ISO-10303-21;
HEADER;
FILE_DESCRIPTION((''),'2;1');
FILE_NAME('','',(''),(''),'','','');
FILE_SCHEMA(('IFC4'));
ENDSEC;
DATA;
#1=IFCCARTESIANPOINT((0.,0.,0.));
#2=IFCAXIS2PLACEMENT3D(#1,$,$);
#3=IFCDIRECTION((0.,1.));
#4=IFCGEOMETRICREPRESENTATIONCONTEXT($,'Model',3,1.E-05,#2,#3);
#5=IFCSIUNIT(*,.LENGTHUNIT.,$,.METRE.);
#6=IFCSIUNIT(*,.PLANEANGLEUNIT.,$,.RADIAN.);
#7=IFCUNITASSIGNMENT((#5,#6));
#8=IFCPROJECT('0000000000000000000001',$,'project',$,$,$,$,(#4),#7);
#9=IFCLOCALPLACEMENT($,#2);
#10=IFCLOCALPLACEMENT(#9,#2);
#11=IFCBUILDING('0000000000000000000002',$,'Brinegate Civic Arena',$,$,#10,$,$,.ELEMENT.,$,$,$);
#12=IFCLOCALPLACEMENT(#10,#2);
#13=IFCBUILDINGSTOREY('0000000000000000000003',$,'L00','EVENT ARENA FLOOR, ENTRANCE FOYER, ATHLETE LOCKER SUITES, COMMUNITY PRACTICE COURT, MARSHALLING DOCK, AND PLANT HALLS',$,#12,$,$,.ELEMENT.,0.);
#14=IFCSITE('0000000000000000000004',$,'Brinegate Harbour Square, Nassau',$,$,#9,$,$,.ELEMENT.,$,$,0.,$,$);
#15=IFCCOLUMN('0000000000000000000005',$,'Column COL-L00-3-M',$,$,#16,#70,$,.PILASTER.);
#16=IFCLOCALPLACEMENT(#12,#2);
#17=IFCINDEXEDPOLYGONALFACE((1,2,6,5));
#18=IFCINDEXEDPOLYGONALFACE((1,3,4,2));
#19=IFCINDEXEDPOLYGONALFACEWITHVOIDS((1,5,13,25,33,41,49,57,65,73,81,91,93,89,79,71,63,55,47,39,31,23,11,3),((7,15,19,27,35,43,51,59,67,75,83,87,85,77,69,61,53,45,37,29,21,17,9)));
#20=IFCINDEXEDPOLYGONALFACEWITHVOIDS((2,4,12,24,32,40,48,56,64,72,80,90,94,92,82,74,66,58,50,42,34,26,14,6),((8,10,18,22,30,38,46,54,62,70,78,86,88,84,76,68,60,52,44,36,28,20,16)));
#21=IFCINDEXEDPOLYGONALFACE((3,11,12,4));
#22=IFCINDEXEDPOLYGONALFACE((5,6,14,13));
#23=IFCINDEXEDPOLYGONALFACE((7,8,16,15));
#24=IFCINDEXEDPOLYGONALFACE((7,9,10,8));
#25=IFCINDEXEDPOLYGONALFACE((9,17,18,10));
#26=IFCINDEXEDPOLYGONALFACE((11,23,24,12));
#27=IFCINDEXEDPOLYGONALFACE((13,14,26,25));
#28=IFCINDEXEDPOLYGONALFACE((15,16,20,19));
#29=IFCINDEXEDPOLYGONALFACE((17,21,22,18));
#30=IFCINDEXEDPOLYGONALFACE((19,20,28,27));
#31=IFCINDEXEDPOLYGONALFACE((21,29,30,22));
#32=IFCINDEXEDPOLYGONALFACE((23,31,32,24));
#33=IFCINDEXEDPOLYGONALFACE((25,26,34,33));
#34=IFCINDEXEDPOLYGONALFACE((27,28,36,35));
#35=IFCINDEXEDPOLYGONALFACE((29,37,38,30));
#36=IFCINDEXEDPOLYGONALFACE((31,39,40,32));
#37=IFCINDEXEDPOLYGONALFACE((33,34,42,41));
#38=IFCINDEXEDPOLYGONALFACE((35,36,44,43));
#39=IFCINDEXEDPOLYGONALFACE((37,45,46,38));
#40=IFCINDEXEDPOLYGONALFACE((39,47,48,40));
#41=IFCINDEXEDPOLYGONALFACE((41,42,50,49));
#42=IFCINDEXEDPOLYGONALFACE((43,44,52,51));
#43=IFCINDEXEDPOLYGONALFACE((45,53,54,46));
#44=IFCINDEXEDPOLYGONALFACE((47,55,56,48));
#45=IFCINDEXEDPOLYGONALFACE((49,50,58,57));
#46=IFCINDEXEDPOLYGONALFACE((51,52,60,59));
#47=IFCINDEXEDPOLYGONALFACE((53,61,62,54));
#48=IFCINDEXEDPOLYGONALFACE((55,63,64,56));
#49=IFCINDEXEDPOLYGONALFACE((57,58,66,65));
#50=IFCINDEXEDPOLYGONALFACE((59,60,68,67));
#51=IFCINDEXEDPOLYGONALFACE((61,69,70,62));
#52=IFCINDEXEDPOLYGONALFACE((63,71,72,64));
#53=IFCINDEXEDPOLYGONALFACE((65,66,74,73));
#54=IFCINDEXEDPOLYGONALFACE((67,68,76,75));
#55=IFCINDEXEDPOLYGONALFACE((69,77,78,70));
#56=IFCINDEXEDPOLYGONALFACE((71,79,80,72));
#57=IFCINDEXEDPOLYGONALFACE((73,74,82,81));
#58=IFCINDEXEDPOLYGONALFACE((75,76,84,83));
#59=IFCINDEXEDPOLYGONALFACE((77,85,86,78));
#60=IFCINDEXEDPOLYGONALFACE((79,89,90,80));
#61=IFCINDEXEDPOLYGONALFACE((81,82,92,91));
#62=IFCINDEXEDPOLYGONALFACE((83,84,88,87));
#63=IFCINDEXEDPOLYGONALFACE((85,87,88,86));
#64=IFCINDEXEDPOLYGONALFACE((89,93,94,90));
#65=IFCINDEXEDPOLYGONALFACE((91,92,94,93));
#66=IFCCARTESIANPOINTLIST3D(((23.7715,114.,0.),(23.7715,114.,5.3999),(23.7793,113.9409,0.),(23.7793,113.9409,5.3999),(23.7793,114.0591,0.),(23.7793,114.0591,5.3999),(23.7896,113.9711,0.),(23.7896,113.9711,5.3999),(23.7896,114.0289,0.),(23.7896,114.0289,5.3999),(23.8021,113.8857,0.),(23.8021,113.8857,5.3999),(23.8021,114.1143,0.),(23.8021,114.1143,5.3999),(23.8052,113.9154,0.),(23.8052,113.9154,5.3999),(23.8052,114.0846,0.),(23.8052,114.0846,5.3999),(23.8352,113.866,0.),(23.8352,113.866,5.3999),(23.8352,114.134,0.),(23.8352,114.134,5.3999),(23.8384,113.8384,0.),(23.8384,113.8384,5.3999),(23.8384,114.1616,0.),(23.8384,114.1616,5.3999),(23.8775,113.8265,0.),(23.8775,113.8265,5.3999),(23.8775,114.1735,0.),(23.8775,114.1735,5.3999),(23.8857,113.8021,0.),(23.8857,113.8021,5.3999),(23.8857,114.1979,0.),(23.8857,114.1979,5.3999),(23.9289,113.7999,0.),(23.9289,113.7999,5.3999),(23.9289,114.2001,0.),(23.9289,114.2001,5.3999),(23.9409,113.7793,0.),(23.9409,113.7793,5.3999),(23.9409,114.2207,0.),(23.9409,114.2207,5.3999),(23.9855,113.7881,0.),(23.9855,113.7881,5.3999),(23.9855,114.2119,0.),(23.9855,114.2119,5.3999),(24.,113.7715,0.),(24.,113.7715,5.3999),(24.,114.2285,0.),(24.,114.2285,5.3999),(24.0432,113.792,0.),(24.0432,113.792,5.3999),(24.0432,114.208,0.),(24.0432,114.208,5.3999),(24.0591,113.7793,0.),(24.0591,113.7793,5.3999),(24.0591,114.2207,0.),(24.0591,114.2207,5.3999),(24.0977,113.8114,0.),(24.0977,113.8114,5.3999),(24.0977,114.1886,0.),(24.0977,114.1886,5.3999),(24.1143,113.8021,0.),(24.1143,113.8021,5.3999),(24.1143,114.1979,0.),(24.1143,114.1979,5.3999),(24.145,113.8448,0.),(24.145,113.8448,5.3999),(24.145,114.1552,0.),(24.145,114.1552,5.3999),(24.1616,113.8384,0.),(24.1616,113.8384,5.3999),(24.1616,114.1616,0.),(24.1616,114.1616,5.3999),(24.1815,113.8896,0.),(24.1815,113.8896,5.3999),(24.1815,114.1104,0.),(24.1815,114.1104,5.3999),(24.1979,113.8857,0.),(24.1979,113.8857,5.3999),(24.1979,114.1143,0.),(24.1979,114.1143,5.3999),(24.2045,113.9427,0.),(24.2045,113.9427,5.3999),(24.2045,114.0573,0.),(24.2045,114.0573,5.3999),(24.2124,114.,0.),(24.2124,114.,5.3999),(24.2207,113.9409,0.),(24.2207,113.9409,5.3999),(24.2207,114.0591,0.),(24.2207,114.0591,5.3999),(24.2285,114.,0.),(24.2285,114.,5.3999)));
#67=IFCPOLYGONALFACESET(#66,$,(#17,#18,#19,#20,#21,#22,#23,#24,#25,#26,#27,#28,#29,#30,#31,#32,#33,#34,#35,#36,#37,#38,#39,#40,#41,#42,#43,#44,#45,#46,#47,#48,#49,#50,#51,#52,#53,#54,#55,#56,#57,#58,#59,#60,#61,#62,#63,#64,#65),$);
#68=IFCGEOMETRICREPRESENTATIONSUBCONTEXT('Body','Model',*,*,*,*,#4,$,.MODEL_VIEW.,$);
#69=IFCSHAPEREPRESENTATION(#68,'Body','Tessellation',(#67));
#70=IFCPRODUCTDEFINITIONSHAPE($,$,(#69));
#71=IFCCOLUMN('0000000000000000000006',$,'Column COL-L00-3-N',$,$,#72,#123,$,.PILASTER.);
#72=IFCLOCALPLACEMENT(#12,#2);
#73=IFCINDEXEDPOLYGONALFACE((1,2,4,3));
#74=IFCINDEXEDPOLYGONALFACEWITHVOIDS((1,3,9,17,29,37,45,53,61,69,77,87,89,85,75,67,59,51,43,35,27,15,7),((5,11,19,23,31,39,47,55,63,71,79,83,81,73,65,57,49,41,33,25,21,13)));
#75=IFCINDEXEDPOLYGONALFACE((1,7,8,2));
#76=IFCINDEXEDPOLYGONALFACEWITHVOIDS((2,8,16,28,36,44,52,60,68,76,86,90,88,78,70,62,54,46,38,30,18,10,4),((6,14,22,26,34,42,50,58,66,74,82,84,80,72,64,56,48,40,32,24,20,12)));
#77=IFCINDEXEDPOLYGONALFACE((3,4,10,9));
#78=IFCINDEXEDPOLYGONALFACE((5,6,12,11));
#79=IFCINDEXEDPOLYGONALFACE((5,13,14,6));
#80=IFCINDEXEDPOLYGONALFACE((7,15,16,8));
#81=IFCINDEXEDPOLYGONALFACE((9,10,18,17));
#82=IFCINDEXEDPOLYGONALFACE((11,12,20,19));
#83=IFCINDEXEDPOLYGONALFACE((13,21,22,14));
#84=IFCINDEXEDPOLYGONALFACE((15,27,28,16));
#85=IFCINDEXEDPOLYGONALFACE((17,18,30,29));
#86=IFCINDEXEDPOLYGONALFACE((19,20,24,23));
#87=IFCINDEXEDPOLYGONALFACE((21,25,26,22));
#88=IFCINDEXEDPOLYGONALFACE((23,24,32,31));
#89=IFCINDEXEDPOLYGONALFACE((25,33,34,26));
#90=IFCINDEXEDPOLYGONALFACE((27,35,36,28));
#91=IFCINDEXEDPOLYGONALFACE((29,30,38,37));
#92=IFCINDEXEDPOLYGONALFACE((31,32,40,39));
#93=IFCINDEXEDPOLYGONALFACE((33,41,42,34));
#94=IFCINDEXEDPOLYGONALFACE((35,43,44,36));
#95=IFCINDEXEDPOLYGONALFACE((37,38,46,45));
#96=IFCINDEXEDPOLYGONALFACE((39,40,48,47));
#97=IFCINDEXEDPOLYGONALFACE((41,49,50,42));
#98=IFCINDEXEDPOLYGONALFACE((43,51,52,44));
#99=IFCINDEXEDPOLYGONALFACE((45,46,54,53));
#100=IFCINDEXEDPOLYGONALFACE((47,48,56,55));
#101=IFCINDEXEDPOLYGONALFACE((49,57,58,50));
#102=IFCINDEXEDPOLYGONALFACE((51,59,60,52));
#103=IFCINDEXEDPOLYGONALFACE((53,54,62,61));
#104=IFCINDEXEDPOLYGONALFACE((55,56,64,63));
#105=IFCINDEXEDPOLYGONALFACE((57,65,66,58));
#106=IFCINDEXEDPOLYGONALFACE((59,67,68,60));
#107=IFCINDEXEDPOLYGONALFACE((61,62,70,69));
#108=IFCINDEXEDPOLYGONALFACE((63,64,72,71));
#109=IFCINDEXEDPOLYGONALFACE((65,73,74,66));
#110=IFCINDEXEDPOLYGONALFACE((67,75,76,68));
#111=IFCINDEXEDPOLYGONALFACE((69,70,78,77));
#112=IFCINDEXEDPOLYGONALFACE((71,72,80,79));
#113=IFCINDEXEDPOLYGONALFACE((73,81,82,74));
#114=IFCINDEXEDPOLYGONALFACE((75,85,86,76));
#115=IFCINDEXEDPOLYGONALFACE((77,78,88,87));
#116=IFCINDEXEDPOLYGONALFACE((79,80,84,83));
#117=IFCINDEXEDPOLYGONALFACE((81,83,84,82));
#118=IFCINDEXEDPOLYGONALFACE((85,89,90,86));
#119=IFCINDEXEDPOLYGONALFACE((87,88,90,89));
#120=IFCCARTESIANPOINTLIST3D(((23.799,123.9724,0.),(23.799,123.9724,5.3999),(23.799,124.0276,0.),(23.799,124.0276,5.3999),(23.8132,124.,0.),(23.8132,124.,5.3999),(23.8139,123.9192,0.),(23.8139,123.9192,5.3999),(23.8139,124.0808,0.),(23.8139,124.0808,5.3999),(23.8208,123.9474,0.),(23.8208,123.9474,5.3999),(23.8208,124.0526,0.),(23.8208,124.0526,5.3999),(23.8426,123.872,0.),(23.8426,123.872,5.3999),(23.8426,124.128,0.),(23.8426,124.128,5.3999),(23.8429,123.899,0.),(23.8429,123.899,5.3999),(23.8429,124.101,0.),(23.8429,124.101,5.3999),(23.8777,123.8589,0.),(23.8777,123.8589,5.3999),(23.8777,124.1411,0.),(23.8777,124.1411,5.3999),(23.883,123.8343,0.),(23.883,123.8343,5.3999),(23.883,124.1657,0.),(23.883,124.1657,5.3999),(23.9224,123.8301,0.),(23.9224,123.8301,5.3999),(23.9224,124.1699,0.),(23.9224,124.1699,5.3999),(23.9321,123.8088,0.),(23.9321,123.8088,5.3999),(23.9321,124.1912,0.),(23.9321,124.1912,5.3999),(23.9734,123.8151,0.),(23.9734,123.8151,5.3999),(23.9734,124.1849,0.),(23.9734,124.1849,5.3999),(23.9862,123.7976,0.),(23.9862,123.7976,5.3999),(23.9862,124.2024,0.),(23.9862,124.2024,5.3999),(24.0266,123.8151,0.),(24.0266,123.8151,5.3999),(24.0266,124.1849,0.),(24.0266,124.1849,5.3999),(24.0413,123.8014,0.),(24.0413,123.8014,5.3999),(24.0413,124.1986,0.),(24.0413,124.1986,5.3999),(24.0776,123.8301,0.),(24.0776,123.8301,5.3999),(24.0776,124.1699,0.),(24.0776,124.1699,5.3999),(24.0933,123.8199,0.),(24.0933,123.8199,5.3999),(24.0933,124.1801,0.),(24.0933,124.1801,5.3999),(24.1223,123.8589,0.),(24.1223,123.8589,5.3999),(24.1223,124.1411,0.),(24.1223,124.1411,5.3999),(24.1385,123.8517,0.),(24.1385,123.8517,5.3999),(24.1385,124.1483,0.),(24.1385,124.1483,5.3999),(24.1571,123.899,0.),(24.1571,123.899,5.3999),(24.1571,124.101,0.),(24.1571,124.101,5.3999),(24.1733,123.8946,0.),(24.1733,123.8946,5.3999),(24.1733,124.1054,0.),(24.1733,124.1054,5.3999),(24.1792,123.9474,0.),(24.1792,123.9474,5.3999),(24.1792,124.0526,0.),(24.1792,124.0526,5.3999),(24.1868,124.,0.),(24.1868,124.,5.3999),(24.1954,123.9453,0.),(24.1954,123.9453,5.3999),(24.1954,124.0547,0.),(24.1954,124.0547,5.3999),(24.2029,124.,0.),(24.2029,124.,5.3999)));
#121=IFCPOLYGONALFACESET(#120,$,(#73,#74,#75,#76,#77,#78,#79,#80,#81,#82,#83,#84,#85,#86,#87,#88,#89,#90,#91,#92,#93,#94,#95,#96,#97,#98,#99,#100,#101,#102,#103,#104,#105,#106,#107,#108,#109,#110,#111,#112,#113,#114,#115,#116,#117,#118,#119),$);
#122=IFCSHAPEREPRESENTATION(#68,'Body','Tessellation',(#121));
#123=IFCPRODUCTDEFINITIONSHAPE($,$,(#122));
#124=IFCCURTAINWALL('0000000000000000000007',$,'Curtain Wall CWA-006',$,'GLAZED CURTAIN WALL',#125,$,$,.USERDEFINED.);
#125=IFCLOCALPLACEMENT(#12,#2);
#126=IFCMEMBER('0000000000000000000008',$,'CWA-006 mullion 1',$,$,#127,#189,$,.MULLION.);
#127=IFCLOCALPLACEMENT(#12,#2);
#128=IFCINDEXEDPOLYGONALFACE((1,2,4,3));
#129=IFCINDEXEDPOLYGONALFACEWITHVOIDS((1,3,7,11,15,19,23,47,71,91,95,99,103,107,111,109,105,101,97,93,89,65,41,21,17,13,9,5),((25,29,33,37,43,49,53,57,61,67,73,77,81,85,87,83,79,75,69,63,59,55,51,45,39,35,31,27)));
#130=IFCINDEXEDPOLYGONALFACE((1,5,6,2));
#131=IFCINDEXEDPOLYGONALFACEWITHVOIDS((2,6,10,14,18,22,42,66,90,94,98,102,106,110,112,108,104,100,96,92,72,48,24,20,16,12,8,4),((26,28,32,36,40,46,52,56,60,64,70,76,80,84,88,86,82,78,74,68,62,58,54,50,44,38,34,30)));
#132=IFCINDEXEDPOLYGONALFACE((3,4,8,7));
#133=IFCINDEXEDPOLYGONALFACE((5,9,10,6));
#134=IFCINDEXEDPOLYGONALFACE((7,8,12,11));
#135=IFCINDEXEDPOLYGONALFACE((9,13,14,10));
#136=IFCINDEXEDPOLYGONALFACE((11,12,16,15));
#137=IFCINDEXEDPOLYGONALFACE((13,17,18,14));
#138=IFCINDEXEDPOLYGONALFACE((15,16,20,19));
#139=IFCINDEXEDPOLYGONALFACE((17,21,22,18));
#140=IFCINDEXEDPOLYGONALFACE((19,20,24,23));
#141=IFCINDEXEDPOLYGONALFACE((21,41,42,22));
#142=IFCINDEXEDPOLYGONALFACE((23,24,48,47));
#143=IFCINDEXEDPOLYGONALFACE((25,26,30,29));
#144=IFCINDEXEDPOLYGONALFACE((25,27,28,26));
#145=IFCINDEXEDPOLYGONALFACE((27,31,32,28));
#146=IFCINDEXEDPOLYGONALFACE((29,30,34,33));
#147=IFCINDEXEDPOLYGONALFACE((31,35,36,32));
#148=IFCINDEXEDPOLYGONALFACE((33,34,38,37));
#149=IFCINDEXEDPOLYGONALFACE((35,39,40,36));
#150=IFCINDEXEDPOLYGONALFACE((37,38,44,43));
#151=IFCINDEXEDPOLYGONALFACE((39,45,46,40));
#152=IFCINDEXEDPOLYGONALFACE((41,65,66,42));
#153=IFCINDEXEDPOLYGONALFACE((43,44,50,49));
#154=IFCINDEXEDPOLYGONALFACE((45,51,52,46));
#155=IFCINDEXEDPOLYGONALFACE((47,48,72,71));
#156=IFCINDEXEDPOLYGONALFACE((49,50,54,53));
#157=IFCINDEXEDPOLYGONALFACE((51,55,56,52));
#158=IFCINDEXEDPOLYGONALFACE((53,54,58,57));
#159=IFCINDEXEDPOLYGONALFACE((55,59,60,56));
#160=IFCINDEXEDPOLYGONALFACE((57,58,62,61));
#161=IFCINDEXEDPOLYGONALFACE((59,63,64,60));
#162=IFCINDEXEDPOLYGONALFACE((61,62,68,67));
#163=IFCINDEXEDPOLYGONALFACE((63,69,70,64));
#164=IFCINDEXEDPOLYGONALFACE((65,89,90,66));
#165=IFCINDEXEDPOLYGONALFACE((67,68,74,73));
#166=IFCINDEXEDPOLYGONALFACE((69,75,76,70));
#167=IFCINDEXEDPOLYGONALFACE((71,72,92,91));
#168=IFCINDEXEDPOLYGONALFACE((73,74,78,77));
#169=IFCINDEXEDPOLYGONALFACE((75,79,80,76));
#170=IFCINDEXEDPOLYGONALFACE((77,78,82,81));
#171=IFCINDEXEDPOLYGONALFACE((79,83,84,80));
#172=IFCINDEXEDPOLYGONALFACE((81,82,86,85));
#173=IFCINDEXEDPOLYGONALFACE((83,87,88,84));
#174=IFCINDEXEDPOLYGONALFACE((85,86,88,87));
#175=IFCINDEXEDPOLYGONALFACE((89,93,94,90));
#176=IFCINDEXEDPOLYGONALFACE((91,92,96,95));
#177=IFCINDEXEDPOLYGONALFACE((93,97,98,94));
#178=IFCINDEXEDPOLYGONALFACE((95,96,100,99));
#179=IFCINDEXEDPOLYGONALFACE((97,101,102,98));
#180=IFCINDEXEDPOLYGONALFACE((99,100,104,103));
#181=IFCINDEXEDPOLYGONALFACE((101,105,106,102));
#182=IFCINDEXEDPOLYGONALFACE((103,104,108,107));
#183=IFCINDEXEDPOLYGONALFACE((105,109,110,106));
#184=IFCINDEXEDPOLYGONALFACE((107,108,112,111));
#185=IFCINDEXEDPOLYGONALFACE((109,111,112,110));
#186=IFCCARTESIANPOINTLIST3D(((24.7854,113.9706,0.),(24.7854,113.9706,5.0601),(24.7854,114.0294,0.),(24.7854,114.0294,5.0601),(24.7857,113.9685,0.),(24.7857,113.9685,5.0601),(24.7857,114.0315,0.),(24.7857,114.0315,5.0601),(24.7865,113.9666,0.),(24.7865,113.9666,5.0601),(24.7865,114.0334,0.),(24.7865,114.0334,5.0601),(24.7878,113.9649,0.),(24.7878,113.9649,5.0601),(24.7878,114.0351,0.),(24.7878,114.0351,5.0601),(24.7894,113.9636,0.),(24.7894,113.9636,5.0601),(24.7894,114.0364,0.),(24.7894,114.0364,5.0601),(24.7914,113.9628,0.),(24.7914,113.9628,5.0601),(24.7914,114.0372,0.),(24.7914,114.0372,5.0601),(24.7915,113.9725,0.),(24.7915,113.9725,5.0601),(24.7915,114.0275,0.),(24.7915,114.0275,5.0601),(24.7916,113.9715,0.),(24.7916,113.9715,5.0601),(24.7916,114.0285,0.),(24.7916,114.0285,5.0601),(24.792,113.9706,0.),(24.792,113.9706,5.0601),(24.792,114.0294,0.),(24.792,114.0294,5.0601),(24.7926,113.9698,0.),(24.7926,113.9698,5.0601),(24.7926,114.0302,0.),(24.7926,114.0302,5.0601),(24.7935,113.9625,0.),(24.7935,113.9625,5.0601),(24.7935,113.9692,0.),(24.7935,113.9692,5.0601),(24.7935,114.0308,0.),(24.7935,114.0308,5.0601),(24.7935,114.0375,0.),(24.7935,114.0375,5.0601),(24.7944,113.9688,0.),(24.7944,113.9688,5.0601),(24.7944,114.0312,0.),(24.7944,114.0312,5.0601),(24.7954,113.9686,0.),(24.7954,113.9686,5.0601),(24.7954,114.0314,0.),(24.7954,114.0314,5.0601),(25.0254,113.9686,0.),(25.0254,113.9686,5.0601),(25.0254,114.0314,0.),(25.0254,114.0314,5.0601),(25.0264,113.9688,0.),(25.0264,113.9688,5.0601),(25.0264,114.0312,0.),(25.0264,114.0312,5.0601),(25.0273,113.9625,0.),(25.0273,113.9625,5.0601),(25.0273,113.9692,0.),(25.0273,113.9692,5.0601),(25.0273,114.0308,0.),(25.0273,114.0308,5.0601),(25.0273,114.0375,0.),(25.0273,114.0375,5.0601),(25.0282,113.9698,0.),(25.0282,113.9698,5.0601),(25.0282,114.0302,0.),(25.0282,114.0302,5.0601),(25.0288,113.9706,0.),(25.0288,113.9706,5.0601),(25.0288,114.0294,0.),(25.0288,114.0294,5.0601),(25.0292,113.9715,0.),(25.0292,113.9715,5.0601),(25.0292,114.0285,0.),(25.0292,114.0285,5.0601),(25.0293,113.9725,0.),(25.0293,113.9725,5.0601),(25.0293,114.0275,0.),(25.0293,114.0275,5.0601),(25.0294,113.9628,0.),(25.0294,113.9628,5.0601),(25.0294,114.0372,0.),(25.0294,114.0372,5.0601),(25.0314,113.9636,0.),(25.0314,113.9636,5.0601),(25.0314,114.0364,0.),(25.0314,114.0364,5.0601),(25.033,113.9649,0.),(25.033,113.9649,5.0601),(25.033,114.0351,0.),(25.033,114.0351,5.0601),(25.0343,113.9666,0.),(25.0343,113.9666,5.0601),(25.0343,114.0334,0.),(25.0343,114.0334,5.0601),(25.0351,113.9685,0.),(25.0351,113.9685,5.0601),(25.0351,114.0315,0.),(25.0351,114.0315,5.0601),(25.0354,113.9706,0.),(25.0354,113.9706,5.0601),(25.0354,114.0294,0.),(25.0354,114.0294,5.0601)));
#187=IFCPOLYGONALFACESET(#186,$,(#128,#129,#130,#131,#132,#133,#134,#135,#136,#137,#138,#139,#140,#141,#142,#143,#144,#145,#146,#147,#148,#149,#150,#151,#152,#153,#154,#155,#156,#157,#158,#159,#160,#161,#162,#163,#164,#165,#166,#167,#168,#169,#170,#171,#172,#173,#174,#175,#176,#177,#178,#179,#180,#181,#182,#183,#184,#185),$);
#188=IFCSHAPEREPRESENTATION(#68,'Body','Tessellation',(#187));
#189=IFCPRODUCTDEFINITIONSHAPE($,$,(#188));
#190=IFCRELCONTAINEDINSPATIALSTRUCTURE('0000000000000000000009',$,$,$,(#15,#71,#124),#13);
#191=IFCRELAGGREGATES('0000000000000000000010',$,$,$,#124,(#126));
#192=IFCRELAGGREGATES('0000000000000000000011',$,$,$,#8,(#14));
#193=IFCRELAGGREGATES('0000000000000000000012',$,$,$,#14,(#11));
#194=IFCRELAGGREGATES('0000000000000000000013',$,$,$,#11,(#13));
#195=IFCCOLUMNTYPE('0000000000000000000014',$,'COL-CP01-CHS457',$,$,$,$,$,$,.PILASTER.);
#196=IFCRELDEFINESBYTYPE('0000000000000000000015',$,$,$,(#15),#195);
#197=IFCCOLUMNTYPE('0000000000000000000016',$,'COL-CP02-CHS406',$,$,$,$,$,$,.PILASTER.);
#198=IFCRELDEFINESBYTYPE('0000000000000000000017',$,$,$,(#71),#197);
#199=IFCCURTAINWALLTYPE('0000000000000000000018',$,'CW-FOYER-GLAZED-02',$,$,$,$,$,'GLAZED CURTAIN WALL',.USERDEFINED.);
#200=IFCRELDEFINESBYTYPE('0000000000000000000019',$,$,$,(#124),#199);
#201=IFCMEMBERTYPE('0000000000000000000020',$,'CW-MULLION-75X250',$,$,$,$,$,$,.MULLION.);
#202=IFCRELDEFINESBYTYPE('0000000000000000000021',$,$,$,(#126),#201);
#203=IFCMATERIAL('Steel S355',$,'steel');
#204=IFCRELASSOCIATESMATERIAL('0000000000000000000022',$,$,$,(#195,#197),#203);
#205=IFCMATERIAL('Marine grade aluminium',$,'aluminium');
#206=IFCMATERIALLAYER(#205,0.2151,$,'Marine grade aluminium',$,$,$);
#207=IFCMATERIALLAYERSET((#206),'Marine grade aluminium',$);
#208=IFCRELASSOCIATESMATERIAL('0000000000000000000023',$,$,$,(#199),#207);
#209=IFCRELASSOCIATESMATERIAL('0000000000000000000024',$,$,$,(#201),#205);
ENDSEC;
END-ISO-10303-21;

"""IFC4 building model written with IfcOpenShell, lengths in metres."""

from ifc_helpers import new_model, si_unit, direction, frame, origin, origin_2d, place, context, subcontext, project, spatial, hollow_rectangle, hollow_circle, extrude, material, layer, layer_set, material_profile, profile_set, type_object, element, aggregate, save


model = new_model("IFC4")

# Units and contexts
model_context = context("Model", 3, precision=1e-05, world=origin(), true_north=direction((0.0, 1.0)))
body_context = subcontext(model_context, "Body", "Model", "MODEL_VIEW")
ifc_project = project(units=[si_unit("LENGTHUNIT", "METRE"), si_unit("PLANEANGLEUNIT", "RADIAN")], contexts=[model_context])

# Site, building, storey
site_placement = place(None, origin())
site = spatial("IfcSite", under=ifc_project, at=site_placement, Name="Brinegate Harbour Square, Nassau", CompositionType="ELEMENT", RefElevation=0.0)
building_placement = place(site_placement, origin())
building = spatial("IfcBuilding", under=site, at=building_placement, Name="Brinegate Civic Arena", CompositionType="ELEMENT")
storey_placement = place(building_placement, origin())
storey = spatial("IfcBuildingStorey", under=building, at=storey_placement, Name="L00", Description="EVENT ARENA FLOOR, ENTRANCE FOYER, ATHLETE LOCKER SUITES, COMMUNITY PRACTICE COURT, MARSHALLING DOCK, AND PLANT HALLS", CompositionType="ELEMENT", Elevation=0.0)

# Columns
ifc_material_1 = material(Name="Steel S355", Category="steel")
ifc_material_profile_1 = material_profile(ifc_material_1, hollow_circle(Radius=0.2285, WallThickness=0.0161, at=origin_2d()), Name="CHS457X16")
ifc_profile_set_1 = profile_set([ifc_material_profile_1], Name="Steel S355")
column_type_1 = type_object("IfcColumnType", Name="COL-CP01-CHS457", PredefinedType="PILASTER", material=ifc_profile_set_1)
column_1_placement = place(storey_placement, frame((24.0, 114.0, 0.0), z_axis=(0.0, 0.0, 1.0), x_axis=(1.0, 0.0, 0.0)))
element("IfcColumn", 1, at=column_1_placement, inside=storey, type_object=column_type_1, Name="Column COL-L00-3-M", PredefinedType="PILASTER", context=body_context, shape_type="SweptSolid", body=[
    extrude(hollow_circle(Radius=0.2285, WallThickness=0.0161, at=origin_2d()), origin(), (0.0, 0.0, 1.0), 5.3999),
])
ifc_material_profile_2 = material_profile(ifc_material_1, hollow_circle(Radius=0.2029, WallThickness=0.0161, at=origin_2d()), Name="CHS406X16")
ifc_profile_set_2 = profile_set([ifc_material_profile_2], Name="Steel S355")
column_type_2 = type_object("IfcColumnType", Name="COL-CP02-CHS406", PredefinedType="PILASTER", material=ifc_profile_set_2)
column_2_placement = place(storey_placement, frame((24.0, 124.0, 0.0), z_axis=(0.0, 0.0, 1.0), x_axis=(1.0, 0.0, 0.0)))
element("IfcColumn", 2, at=column_2_placement, inside=storey, type_object=column_type_2, Name="Column COL-L00-3-N", PredefinedType="PILASTER", context=body_context, shape_type="SweptSolid", body=[
    extrude(hollow_circle(Radius=0.2029, WallThickness=0.0161, at=origin_2d()), origin(), (0.0, 0.0, 1.0), 5.3999),
])

# Curtain wall, member
ifc_material_2 = material(Name="Marine grade aluminium", Category="aluminium")
ifc_layer_1 = layer(ifc_material_2, 0.2151, Name="Marine grade aluminium")
ifc_layer_set_1 = layer_set([ifc_layer_1], Name="Marine grade aluminium")
curtain_wall_type = type_object("IfcCurtainWallType", Name="CW-FOYER-GLAZED-02", ElementType="GLAZED CURTAIN WALL", PredefinedType="USERDEFINED", material=ifc_layer_set_1)
curtain_wall_placement = place(storey_placement, origin())
curtain_wall = element("IfcCurtainWall", 3, at=curtain_wall_placement, inside=storey, type_object=curtain_wall_type, Name="Curtain Wall CWA-006", ObjectType="GLAZED CURTAIN WALL", PredefinedType="USERDEFINED")
ifc_material_profile_3 = material_profile(ifc_material_2, hollow_rectangle(XDim=0.075, YDim=0.25, WallThickness=0.0061, InnerFilletRadius=0.0039, OuterFilletRadius=0.0081, at=origin_2d()), Name="MUL75X250")
ifc_profile_set_3 = profile_set([ifc_material_profile_3], Name="Marine grade aluminium")
member_type_1 = type_object("IfcMemberType", Name="CW-MULLION-75X250", PredefinedType="MULLION", material=ifc_profile_set_3)
member_1_placement = place(storey_placement, frame((24.9104, 114.0, 0.0), z_axis=(0.0, 0.0, 1.0), x_axis=(0.0, 1.0, 0.0)))
member_1 = element("IfcMember", 4, at=member_1_placement, type_object=member_type_1, Name="CWA-006 mullion 1", PredefinedType="MULLION", context=body_context, shape_type="SweptSolid", body=[
    extrude(hollow_rectangle(XDim=0.075, YDim=0.25, WallThickness=0.0061, InnerFilletRadius=0.0039, OuterFilletRadius=0.0081, at=origin_2d()), origin(), (0.0, 0.0, 1.0), 5.0601),
])
aggregate(curtain_wall, [member_1])

save(model, "model.ifc")
